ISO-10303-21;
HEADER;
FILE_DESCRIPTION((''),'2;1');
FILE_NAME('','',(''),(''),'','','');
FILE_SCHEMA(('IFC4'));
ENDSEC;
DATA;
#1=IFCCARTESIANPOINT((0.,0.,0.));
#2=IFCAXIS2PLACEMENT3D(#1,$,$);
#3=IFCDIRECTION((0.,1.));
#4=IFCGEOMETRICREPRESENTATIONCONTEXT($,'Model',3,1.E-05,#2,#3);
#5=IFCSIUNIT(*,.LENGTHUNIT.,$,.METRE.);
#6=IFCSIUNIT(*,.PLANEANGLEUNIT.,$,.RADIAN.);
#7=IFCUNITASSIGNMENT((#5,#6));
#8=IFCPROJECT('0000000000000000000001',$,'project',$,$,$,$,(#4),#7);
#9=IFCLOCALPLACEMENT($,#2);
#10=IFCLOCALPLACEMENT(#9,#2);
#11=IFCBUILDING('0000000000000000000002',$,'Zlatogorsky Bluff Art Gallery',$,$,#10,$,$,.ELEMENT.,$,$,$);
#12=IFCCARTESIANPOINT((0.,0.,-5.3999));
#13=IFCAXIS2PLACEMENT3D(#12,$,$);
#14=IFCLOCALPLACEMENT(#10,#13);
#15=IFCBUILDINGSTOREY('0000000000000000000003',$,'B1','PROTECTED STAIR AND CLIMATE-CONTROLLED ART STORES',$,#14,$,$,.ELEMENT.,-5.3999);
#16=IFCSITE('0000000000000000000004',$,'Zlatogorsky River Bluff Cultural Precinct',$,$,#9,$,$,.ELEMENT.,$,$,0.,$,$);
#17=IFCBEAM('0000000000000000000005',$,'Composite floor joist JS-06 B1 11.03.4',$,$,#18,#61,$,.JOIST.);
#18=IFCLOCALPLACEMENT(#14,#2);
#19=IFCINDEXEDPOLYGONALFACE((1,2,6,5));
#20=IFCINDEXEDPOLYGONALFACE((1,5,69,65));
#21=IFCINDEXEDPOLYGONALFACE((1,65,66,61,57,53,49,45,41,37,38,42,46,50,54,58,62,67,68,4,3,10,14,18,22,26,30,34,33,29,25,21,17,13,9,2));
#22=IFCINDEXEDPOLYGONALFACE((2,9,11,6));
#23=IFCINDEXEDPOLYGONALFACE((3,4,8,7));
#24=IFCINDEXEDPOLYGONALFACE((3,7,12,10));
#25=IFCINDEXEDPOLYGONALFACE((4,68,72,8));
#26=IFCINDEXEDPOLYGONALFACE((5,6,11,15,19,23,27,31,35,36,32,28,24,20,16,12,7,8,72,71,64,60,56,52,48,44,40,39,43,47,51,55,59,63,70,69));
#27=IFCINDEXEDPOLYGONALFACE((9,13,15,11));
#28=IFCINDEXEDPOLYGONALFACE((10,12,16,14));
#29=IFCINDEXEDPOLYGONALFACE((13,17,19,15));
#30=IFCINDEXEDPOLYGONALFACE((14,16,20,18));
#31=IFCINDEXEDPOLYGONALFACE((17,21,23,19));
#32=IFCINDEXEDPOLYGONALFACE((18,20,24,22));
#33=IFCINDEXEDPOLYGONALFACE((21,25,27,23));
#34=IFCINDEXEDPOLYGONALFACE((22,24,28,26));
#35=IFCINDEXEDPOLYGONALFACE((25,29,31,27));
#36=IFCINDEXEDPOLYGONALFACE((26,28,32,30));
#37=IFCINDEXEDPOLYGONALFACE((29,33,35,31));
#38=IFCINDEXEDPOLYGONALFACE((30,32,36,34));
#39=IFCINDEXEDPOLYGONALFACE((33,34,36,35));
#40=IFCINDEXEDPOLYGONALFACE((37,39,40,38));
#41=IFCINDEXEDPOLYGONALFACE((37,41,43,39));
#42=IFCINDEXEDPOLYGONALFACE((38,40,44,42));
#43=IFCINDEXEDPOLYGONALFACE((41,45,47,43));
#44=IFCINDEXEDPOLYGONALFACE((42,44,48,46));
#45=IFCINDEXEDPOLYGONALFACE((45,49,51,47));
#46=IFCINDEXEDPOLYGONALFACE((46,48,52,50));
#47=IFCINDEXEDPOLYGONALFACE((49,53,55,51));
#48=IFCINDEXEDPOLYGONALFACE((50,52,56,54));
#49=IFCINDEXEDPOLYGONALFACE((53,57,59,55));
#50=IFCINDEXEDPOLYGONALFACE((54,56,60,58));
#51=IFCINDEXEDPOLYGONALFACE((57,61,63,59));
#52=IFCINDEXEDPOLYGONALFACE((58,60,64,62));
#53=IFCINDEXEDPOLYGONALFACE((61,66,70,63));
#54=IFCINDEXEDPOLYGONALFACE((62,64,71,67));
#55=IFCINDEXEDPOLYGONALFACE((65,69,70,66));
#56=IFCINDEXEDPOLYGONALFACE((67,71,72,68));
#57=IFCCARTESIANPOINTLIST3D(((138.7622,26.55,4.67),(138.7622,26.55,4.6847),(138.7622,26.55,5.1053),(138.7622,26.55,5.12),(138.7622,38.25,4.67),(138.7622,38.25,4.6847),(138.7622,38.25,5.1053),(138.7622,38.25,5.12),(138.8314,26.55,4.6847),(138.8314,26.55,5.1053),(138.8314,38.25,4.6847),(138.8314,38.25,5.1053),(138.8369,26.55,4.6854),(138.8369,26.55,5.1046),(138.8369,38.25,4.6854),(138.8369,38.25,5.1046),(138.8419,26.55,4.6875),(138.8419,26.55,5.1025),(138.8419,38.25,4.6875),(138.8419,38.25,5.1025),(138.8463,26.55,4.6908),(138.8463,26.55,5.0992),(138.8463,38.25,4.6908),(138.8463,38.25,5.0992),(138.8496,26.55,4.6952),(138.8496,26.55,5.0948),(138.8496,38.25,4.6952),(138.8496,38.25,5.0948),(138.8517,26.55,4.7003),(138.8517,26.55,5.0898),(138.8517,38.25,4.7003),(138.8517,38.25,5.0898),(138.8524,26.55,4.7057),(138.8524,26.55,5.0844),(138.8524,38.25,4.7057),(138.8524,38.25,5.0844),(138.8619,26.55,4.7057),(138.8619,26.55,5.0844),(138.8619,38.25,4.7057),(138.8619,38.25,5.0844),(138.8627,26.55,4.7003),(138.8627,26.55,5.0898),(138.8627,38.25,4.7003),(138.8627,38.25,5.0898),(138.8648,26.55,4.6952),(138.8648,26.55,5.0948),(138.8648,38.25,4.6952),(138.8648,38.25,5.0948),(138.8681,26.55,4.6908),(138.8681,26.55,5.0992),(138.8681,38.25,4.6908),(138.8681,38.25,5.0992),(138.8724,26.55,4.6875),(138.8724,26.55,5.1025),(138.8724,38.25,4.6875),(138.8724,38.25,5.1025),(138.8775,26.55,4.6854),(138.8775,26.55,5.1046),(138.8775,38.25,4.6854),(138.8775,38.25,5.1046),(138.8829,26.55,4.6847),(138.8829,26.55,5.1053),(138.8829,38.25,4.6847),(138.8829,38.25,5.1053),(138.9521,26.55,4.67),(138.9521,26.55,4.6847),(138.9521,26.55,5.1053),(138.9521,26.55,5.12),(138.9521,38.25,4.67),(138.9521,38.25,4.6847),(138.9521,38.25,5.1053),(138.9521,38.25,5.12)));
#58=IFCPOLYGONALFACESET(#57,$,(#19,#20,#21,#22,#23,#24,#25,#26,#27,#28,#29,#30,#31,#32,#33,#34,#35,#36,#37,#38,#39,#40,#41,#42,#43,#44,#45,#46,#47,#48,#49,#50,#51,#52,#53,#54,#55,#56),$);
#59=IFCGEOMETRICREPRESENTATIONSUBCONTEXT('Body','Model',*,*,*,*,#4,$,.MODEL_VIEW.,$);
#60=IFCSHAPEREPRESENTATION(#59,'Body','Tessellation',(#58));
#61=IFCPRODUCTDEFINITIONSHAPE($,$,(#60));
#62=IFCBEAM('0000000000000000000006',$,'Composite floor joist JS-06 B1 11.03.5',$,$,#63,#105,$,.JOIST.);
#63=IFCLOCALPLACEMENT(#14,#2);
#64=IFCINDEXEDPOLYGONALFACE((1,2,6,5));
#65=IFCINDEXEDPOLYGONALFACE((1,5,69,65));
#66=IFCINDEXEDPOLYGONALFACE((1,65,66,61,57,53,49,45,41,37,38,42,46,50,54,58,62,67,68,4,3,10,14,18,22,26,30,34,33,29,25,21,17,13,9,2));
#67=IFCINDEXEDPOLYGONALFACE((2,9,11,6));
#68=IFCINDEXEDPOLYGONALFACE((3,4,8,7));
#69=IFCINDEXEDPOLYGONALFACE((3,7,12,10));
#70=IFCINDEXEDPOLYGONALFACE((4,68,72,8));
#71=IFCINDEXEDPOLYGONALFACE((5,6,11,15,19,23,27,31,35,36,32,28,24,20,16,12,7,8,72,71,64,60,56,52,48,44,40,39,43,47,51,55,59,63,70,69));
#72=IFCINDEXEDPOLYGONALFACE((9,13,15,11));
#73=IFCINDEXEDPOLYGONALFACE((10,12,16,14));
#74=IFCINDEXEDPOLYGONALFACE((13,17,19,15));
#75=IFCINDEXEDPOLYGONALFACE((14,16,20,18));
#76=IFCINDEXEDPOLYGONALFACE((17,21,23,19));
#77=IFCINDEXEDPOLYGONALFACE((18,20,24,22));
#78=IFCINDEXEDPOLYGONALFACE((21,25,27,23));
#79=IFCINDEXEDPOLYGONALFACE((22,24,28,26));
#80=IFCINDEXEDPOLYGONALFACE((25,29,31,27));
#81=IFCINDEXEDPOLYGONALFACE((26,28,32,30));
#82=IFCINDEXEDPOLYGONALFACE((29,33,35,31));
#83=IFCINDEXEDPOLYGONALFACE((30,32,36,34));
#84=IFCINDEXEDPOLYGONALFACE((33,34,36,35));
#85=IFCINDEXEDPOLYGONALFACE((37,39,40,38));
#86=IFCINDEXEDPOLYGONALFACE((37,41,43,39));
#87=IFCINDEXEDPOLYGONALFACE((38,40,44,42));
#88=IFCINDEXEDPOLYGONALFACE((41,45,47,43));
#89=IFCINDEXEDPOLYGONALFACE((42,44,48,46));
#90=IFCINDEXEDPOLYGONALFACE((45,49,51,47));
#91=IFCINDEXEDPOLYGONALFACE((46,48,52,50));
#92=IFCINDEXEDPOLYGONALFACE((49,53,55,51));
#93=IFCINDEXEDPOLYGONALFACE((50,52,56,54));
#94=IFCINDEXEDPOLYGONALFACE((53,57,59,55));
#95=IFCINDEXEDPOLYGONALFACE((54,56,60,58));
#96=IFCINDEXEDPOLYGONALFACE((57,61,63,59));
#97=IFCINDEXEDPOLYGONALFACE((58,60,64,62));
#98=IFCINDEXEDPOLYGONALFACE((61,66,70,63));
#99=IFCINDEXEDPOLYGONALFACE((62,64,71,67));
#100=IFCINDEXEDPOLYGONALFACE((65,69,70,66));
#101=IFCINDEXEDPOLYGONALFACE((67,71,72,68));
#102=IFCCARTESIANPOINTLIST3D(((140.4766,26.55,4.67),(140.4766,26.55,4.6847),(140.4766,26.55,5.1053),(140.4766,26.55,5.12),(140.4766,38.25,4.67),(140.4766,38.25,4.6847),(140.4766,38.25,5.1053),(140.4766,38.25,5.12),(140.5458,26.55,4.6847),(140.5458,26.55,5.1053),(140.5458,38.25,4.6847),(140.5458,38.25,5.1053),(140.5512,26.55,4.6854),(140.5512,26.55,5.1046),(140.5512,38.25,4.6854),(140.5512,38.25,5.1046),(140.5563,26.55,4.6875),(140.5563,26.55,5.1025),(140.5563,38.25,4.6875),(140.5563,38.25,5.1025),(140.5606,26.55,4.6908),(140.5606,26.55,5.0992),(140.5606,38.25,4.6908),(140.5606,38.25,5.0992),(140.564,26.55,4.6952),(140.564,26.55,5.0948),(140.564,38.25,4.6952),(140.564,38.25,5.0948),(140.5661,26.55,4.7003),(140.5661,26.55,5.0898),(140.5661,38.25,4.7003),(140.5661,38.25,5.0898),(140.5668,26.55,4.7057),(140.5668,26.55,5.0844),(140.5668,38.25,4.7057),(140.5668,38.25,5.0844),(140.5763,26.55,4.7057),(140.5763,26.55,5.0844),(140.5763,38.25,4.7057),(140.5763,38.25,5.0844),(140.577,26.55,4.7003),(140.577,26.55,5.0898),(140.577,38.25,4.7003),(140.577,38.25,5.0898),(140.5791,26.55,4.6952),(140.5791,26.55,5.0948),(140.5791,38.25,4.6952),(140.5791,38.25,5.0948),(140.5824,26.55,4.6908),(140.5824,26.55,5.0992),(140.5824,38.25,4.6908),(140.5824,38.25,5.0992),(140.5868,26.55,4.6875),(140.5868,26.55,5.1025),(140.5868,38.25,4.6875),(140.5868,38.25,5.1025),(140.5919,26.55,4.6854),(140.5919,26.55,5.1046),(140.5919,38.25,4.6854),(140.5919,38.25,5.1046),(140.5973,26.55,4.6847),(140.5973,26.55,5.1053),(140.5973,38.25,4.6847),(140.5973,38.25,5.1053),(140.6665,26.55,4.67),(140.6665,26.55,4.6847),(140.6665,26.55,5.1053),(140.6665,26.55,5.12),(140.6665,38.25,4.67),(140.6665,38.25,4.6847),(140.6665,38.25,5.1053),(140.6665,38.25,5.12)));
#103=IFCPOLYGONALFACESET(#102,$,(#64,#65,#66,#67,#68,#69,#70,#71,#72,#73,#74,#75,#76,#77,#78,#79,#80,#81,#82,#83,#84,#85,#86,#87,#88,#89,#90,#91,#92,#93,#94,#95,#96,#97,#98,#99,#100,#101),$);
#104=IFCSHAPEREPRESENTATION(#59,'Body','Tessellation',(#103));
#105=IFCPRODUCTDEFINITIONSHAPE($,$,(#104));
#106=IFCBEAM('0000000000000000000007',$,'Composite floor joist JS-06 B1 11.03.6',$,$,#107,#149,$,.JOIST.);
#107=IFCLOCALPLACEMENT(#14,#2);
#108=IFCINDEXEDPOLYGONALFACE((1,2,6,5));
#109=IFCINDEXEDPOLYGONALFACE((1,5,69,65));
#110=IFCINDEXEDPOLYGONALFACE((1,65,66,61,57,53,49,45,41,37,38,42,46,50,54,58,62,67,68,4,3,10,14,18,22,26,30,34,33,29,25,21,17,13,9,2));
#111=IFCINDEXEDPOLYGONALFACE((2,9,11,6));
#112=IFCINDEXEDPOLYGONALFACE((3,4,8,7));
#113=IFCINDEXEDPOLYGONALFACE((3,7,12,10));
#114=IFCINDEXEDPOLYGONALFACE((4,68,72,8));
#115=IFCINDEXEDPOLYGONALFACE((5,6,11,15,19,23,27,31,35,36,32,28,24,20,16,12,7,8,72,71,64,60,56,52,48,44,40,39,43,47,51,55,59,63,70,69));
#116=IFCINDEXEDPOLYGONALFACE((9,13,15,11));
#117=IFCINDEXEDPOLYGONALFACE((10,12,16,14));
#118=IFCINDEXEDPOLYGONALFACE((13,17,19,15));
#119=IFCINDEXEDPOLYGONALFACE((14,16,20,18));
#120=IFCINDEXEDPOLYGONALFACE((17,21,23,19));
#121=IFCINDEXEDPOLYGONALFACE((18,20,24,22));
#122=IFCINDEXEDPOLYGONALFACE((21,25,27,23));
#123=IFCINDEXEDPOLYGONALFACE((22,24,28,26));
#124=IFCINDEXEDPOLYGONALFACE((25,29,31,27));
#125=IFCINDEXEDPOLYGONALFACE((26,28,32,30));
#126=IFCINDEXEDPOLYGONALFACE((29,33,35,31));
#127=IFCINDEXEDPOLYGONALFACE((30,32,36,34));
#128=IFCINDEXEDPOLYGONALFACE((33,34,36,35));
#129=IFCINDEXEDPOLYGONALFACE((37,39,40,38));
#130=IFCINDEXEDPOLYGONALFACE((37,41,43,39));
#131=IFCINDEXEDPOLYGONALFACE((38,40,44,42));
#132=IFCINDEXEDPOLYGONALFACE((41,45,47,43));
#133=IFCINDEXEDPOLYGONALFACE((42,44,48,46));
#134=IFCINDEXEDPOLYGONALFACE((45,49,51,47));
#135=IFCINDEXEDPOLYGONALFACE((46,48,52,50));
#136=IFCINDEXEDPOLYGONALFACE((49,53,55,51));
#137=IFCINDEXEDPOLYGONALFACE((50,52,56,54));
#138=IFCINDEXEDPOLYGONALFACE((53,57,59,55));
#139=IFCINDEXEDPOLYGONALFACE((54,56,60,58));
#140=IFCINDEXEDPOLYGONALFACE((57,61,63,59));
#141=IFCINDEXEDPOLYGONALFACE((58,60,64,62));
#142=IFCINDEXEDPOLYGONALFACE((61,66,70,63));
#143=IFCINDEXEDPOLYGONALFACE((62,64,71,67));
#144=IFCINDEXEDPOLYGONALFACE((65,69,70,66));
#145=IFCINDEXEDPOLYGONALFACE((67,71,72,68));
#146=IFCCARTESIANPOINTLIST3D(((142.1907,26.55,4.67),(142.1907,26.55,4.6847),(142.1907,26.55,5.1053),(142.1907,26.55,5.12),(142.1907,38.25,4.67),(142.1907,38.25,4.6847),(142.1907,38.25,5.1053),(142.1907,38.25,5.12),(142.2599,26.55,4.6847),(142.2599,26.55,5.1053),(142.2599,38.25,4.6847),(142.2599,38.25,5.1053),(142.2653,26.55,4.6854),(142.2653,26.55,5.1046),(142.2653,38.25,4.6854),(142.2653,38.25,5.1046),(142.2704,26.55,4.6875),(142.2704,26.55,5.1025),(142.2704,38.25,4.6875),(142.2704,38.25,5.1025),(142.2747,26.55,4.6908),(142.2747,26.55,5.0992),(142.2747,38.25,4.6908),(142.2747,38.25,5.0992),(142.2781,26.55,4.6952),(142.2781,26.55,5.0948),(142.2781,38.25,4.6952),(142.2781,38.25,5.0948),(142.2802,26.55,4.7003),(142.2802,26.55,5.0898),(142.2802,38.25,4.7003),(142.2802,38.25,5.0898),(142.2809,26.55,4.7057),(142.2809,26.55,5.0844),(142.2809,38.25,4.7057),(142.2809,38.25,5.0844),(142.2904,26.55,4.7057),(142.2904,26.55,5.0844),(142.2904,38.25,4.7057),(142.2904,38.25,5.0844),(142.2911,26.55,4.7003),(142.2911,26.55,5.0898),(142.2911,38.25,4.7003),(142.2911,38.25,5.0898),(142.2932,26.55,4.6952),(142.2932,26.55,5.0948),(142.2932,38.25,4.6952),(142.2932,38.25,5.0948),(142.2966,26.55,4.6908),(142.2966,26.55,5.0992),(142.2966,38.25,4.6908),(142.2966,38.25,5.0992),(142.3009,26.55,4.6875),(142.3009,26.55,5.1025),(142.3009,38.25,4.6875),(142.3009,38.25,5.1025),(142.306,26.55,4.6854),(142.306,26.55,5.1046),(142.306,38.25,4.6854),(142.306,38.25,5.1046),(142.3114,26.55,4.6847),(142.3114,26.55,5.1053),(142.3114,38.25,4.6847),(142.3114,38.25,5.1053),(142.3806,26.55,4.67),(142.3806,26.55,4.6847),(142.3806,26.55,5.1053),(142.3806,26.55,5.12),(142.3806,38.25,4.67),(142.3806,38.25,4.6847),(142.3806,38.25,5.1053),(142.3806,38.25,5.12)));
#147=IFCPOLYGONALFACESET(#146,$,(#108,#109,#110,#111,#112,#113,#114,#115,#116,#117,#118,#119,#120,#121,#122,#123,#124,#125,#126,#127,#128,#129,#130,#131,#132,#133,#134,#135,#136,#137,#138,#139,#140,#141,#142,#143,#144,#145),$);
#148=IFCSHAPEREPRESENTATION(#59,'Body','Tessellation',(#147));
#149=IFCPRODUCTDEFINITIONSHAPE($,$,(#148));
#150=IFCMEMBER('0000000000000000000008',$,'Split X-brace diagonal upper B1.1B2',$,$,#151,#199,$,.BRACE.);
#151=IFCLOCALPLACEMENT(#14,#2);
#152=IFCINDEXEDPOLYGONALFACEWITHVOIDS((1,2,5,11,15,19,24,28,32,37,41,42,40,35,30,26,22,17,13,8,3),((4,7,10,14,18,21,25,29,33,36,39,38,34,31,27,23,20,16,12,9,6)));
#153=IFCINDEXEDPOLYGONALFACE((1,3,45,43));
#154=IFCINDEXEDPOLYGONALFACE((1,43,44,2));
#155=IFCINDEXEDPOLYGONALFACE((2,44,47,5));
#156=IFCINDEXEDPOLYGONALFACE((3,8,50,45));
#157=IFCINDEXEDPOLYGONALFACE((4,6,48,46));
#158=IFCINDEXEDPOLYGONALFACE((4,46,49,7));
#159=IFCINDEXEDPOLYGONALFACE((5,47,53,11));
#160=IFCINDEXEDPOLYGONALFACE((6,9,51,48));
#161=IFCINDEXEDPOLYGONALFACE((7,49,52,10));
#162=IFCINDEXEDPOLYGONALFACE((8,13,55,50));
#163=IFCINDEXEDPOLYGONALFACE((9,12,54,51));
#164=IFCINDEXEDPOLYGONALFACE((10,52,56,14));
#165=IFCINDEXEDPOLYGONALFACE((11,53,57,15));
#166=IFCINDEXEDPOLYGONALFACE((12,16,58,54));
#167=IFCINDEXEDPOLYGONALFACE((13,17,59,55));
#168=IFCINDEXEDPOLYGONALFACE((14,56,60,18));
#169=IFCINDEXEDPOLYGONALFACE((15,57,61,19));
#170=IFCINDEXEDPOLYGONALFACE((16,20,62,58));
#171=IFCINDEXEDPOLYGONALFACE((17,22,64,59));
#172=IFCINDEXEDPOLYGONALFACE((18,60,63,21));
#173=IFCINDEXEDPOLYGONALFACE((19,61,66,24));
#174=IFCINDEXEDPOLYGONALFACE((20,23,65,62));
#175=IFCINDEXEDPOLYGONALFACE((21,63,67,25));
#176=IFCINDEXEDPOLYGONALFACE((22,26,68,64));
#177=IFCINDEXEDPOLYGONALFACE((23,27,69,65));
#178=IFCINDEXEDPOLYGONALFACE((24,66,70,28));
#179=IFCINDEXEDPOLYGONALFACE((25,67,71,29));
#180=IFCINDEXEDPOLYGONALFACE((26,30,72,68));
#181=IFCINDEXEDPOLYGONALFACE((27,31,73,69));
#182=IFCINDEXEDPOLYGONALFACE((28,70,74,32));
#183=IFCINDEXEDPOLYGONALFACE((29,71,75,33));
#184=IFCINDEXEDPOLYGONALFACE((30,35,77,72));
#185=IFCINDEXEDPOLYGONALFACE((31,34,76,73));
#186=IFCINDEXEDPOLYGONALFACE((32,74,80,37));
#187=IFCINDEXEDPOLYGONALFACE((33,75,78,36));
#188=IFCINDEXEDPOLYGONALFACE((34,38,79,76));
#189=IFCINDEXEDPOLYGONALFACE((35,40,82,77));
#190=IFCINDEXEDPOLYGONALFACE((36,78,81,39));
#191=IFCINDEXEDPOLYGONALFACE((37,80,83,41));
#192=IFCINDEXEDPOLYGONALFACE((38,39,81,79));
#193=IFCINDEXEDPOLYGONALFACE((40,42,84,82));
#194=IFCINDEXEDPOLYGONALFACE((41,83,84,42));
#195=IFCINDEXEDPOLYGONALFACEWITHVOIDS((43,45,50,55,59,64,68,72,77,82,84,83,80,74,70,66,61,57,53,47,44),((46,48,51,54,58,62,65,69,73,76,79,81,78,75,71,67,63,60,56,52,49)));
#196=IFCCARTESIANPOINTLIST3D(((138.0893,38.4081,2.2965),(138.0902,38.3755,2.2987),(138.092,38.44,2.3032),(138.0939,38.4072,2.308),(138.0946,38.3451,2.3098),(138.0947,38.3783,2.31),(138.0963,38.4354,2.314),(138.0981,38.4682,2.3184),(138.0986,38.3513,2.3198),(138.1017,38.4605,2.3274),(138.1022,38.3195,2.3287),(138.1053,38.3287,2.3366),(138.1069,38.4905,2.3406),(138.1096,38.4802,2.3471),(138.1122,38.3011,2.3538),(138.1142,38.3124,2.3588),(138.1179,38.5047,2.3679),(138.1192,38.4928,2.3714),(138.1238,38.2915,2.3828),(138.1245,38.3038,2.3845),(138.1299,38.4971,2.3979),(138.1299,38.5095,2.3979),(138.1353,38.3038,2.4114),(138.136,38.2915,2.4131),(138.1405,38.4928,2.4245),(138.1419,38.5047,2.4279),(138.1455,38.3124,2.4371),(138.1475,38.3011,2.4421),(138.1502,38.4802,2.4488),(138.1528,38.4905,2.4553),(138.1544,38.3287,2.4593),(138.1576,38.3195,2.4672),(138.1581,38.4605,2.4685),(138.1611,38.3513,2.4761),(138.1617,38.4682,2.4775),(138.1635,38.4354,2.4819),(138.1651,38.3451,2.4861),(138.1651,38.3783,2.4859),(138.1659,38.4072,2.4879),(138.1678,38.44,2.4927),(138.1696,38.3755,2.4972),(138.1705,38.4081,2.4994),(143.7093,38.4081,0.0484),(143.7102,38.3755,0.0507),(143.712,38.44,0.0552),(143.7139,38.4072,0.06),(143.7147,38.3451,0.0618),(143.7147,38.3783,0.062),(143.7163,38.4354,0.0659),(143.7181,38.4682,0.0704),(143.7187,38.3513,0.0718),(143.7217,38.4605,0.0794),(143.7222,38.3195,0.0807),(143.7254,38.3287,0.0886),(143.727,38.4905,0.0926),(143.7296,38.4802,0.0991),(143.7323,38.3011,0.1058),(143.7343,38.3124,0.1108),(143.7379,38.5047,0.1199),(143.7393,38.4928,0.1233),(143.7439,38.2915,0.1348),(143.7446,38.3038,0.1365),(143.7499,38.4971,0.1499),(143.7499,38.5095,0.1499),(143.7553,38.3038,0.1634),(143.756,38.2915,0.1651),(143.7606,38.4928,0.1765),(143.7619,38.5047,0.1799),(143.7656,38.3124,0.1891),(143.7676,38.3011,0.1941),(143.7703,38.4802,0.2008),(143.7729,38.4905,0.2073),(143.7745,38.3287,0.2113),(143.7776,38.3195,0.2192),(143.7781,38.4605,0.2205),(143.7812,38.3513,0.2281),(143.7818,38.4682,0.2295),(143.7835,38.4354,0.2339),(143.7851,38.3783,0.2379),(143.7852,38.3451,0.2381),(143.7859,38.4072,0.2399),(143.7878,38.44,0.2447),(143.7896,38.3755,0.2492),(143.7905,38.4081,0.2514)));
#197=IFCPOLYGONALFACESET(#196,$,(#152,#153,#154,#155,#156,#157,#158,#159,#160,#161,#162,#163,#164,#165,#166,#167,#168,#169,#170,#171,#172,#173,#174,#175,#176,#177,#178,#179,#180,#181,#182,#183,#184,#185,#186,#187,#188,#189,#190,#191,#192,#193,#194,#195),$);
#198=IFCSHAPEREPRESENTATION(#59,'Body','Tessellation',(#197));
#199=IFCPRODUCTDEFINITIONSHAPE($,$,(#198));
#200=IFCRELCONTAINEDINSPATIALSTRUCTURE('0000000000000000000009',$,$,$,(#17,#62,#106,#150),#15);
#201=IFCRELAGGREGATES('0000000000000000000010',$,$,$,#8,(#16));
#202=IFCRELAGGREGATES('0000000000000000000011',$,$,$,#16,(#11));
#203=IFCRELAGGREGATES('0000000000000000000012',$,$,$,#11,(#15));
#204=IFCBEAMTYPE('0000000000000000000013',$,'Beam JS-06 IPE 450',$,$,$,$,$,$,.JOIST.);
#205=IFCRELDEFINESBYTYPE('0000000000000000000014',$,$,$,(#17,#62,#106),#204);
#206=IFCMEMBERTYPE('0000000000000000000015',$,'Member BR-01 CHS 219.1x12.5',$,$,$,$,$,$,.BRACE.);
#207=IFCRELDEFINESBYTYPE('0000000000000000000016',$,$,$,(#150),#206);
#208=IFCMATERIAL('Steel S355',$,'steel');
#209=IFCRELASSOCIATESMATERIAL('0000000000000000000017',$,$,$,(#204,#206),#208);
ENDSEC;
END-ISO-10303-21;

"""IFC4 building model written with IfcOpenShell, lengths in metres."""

from ifc_helpers import new_model, si_unit, direction, frame, origin, origin_2d, place, context, subcontext, project, spatial, hollow_circle, i_section, extrude, material, material_profile, profile_set, type_object, element, save


model = new_model("IFC4")

# Units and contexts
model_context = context("Model", 3, precision=1e-05, world=origin(), true_north=direction((0.0, 1.0)))
body_context = subcontext(model_context, "Body", "Model", "MODEL_VIEW")
ifc_project = project(units=[si_unit("LENGTHUNIT", "METRE"), si_unit("PLANEANGLEUNIT", "RADIAN")], contexts=[model_context])

# Site, building, storey
site_placement = place(None, origin())
site = spatial("IfcSite", under=ifc_project, at=site_placement, Name="Zlatogorsky River Bluff Cultural Precinct", CompositionType="ELEMENT", RefElevation=0.0)
building_placement = place(site_placement, origin())
building = spatial("IfcBuilding", under=site, at=building_placement, Name="Zlatogorsky Bluff Art Gallery", CompositionType="ELEMENT")
storey_placement = place(building_placement, frame((0.0, 0.0, -5.3999)))
storey = spatial("IfcBuildingStorey", under=building, at=storey_placement, Name="B1", Description="PROTECTED STAIR AND CLIMATE-CONTROLLED ART STORES", CompositionType="ELEMENT", Elevation=-5.3999)

# Beams
ifc_material_1 = material(Name="Steel S355", Category="steel")
ifc_material_profile_1 = material_profile(ifc_material_1, i_section(OverallWidth=0.1899, OverallDepth=0.45, WebThickness=0.0095, FlangeThickness=0.0146, FilletRadius=0.021, at=origin_2d()), Name="IPE 450")
ifc_profile_set_1 = profile_set([ifc_material_profile_1], Name="Steel S355")
beam_type_1 = type_object("IfcBeamType", Name="Beam JS-06 IPE 450", PredefinedType="JOIST", material=ifc_profile_set_1)
for number, where, z_axis, x_axis, name in (
    (1, (138.8572, 26.55, 4.895), (0.0, 1.0, 0.0), (-1.0, 0.0, 0.0), "Composite floor joist JS-06 B1 11.03.4"),
    (2, (140.5715, 26.55, 4.895), (0.0, 1.0, 0.0), (-1.0, 0.0, 0.0), "Composite floor joist JS-06 B1 11.03.5"),
    (3, (142.2856, 26.55, 4.895), (0.0, 1.0, 0.0), (-1.0, 0.0, 0.0), "Composite floor joist JS-06 B1 11.03.6"),
):
    element("IfcBeam", number, at=place(storey_placement, frame(where, z_axis=z_axis, x_axis=x_axis)), inside=storey, type_object=beam_type_1, Name=name, PredefinedType="JOIST", context=body_context, shape_type="SweptSolid", body=[
        extrude(i_section(OverallWidth=0.1899, OverallDepth=0.45, WebThickness=0.0095, FlangeThickness=0.0146, FilletRadius=0.021, at=origin_2d()), origin(), (0.0, 0.0, 1.0), 11.7),
    ])

# Member
ifc_material_profile_2 = material_profile(ifc_material_1, hollow_circle(Radius=0.1096, WallThickness=0.0125, at=origin_2d()), Name="CHS 219.1x12.5")
ifc_profile_set_2 = profile_set([ifc_material_profile_2], Name="Steel S355")
member_type = type_object("IfcMemberType", Name="Member BR-01 CHS 219.1x12.5", PredefinedType="BRACE", material=ifc_profile_set_2)
member_placement = place(storey_placement, frame((138.1299, 38.3999, 2.3979), z_axis=(0.928477, 0.0, -0.371391), x_axis=(0.0, 1.0, 0.0)))
element("IfcMember", 4, at=member_placement, inside=storey, type_object=member_type, Name="Split X-brace diagonal upper B1.1B2", PredefinedType="BRACE", context=body_context, shape_type="SweptSolid", body=[
    extrude(hollow_circle(Radius=0.1096, WallThickness=0.0125, at=origin_2d()), origin(), (0.0, 0.0, 1.0), 6.053),
])

save(model, "model.ifc")
